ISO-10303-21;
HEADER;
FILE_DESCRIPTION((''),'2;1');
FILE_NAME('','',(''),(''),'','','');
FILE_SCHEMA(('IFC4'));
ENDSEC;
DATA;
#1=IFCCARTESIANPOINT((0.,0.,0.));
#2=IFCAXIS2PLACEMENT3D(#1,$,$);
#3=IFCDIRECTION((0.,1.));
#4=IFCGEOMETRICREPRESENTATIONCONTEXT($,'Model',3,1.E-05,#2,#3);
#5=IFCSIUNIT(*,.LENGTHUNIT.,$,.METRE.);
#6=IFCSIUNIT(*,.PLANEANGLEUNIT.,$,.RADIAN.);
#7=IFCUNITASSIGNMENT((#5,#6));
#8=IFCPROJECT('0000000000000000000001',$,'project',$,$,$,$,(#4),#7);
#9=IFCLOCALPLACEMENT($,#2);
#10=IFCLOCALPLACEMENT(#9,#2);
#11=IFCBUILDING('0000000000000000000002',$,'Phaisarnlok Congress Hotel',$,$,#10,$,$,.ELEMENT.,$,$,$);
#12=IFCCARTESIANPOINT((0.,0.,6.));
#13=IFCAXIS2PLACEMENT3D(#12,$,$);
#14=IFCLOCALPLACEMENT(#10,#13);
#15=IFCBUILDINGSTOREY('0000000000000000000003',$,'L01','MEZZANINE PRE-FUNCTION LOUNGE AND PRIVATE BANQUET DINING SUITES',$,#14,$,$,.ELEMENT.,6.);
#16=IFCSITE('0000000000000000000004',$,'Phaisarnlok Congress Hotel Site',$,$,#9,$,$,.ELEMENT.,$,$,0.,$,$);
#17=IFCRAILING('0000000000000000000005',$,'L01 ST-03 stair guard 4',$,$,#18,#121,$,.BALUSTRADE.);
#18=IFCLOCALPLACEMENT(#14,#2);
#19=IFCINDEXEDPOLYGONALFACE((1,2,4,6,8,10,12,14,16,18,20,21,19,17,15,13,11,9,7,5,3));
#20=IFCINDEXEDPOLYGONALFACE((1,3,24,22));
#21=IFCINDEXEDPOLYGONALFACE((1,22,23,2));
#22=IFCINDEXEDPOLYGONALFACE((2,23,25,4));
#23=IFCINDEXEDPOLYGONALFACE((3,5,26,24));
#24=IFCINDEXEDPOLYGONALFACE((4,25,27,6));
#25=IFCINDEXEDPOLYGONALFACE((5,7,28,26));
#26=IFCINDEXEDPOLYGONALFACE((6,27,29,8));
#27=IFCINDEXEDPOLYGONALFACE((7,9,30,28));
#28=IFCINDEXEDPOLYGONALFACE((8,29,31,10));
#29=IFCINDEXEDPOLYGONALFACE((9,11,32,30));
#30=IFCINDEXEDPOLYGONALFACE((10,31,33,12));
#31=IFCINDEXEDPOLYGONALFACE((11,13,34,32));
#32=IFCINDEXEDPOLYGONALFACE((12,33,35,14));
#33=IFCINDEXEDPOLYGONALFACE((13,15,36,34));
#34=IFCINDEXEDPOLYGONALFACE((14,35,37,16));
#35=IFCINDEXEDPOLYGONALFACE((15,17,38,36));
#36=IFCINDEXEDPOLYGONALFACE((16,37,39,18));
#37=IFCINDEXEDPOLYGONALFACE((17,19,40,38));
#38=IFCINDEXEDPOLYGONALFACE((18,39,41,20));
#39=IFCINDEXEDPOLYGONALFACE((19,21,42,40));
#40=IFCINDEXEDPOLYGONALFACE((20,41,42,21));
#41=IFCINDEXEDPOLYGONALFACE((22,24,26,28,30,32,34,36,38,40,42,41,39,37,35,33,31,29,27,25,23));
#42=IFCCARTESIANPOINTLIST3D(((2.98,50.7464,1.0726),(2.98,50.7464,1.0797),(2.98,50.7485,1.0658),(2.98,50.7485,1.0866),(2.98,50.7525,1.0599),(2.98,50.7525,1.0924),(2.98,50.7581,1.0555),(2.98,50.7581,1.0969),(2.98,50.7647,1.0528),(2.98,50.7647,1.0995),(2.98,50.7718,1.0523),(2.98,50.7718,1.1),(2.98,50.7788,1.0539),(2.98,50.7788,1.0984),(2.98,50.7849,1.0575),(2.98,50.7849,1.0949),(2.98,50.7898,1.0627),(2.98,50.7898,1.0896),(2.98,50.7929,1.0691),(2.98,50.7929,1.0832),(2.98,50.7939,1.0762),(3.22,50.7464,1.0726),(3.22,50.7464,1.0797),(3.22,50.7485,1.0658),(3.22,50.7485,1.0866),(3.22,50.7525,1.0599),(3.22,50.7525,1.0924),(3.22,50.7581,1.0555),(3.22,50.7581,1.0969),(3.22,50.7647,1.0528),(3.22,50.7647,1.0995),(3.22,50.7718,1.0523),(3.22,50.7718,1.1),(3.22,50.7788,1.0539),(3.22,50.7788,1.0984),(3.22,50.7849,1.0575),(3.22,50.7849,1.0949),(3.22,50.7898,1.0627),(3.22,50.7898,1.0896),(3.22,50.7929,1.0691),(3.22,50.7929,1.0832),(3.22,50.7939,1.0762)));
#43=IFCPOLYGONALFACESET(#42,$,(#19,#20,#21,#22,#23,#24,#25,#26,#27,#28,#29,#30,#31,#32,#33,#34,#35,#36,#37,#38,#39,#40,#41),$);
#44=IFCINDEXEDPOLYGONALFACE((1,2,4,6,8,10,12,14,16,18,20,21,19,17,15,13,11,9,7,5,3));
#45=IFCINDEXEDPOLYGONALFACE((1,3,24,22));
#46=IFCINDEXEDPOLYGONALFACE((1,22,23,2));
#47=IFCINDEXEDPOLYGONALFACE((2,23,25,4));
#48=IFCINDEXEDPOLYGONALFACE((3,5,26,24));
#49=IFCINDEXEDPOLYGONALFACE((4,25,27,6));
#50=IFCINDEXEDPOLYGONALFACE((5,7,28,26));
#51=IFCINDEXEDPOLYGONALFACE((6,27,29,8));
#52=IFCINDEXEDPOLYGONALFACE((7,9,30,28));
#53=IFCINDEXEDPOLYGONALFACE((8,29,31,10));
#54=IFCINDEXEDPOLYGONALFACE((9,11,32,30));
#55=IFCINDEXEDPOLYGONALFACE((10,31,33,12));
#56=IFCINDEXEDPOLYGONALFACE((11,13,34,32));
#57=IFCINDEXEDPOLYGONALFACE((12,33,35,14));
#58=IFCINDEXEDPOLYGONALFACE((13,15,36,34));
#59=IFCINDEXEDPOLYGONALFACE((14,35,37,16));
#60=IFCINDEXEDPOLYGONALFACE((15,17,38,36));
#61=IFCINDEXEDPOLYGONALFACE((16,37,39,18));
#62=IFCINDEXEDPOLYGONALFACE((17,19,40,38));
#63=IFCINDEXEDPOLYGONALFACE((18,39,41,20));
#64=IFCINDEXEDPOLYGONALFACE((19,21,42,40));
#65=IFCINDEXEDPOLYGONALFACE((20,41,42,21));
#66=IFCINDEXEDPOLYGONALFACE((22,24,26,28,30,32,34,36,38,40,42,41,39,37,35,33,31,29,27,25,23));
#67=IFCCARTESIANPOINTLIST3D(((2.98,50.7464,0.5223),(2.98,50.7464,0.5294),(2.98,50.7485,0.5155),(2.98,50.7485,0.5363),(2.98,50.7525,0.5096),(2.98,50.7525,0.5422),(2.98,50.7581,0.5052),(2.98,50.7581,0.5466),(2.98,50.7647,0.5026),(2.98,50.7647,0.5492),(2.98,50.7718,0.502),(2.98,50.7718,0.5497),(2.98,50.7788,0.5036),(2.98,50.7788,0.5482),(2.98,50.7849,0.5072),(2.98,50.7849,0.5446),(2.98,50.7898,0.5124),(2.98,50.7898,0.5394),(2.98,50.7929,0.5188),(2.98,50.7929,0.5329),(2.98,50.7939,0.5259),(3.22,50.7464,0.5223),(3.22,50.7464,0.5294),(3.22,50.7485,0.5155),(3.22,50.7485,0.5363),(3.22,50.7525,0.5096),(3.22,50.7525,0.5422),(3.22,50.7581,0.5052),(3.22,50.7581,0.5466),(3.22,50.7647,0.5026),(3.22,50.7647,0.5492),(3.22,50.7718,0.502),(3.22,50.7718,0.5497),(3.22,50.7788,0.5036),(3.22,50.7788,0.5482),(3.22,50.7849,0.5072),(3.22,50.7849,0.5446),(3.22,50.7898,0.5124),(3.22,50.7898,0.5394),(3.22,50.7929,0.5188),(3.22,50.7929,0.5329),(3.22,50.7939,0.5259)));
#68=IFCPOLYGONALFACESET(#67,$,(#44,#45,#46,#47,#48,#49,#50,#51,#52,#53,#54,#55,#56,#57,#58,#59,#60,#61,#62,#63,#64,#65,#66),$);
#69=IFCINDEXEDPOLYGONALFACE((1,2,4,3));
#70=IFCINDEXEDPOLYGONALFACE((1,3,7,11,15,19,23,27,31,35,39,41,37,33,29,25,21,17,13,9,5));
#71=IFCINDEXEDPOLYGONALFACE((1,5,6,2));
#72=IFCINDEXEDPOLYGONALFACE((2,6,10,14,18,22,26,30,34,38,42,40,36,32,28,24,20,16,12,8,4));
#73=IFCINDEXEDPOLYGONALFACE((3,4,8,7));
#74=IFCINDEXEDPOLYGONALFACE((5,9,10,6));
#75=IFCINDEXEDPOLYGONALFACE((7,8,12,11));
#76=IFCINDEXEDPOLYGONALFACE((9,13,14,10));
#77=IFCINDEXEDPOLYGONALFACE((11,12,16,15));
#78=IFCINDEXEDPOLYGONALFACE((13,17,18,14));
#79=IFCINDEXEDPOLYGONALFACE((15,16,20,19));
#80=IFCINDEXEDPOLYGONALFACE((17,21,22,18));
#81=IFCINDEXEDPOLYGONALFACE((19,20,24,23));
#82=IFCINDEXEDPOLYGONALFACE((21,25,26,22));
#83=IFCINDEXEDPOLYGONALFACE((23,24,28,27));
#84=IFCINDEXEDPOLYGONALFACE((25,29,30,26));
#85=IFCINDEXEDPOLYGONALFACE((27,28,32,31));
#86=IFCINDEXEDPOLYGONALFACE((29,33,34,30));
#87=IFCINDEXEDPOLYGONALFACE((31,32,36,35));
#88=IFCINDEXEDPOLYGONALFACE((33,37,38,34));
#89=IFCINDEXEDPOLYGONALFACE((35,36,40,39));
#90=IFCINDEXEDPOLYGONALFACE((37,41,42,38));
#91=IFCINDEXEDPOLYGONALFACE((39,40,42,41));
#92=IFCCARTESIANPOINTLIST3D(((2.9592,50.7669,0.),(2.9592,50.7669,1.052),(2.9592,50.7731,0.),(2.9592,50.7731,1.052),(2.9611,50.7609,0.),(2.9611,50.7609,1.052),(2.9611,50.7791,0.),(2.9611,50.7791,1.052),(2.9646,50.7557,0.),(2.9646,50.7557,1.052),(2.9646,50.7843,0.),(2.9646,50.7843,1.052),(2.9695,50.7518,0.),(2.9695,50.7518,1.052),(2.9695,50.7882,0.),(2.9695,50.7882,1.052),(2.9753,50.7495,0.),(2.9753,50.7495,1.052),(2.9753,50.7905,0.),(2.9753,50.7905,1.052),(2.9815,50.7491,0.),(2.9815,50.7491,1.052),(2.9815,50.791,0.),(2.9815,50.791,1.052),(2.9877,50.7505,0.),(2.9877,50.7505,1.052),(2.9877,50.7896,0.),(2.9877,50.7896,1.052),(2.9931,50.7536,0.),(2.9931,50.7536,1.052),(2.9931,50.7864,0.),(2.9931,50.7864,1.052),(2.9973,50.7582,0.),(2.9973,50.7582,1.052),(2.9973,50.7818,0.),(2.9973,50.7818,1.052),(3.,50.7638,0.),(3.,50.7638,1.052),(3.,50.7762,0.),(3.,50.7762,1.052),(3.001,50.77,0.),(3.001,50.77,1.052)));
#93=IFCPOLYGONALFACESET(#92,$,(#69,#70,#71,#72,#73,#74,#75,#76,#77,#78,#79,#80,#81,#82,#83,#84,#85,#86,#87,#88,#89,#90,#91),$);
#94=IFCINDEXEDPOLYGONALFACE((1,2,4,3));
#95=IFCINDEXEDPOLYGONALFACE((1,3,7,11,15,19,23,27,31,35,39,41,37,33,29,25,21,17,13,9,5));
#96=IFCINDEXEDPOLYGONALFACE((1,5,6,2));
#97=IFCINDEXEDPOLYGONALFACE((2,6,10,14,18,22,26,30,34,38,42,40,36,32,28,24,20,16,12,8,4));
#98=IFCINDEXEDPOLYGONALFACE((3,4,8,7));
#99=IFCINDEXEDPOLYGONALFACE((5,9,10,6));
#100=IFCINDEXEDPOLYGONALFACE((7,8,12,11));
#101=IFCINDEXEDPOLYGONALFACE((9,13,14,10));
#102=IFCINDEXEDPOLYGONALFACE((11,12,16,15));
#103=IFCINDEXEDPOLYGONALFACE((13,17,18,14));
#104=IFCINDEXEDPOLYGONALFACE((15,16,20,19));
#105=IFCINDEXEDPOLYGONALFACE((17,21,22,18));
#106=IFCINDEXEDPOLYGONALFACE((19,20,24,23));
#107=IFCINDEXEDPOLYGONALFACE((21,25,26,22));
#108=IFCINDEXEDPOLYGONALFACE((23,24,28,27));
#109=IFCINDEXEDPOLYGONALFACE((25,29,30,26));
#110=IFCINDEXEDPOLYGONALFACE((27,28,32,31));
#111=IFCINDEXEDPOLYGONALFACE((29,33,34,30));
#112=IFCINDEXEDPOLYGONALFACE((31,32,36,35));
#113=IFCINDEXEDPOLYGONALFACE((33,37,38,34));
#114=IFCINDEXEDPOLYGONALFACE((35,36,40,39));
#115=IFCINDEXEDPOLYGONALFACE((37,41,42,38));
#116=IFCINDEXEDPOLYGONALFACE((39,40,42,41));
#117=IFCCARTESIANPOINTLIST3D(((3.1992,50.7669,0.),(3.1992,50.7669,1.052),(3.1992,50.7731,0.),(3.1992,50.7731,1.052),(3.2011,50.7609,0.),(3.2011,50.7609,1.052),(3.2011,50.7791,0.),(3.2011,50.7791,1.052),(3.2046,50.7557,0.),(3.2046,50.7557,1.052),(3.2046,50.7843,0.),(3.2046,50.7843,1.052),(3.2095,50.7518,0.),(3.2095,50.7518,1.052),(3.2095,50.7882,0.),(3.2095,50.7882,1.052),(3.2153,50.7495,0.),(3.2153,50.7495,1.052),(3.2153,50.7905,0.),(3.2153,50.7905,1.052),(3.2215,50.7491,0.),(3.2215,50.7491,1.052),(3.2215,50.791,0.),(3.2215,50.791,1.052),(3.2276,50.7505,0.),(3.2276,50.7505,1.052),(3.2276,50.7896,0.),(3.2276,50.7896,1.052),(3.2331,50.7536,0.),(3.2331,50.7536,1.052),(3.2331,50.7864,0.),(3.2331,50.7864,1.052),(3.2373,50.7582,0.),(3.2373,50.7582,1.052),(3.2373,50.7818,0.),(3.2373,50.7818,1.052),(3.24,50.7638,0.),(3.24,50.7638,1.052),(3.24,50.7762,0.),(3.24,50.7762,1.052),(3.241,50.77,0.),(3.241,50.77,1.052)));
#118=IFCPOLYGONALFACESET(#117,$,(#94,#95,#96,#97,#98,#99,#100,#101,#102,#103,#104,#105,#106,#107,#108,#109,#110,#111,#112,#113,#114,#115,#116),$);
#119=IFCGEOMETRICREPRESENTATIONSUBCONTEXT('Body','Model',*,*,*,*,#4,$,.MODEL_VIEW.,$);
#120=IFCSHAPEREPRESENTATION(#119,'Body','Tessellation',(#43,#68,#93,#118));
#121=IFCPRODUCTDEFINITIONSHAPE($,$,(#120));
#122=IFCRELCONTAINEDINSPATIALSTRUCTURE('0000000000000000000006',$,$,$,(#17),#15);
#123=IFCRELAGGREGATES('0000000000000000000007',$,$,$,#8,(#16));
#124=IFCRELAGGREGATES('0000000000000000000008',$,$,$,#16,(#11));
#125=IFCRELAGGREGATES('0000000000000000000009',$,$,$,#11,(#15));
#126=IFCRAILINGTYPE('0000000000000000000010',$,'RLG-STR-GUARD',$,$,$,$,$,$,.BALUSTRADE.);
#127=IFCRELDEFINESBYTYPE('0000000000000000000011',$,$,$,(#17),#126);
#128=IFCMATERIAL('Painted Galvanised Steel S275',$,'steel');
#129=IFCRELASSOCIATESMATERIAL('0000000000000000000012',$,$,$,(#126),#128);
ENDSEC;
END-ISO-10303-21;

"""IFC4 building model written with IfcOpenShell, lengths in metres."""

from ifc_helpers import new_model, si_unit, direction, frame, origin, origin_2d, place, context, subcontext, project, spatial, circle, extrude, material, type_object, element, save


model = new_model("IFC4")

# Units and contexts
model_context = context("Model", 3, precision=1e-05, world=origin(), true_north=direction((0.0, 1.0)))
body_context = subcontext(model_context, "Body", "Model", "MODEL_VIEW")
ifc_project = project(units=[si_unit("LENGTHUNIT", "METRE"), si_unit("PLANEANGLEUNIT", "RADIAN")], contexts=[model_context])

# Site, building, storey
site_placement = place(None, origin())
site = spatial("IfcSite", under=ifc_project, at=site_placement, Name="Phaisarnlok Congress Hotel Site", CompositionType="ELEMENT", RefElevation=0.0)
building_placement = place(site_placement, origin())
building = spatial("IfcBuilding", under=site, at=building_placement, Name="Phaisarnlok Congress Hotel", CompositionType="ELEMENT")
storey_placement = place(building_placement, frame((0.0, 0.0, 6.0)))
storey = spatial("IfcBuildingStorey", under=building, at=storey_placement, Name="L01", Description="MEZZANINE PRE-FUNCTION LOUNGE AND PRIVATE BANQUET DINING SUITES", CompositionType="ELEMENT", Elevation=6.0)

# Railing
ifc_material_1 = material(Name="Painted Galvanised Steel S275", Category="steel")
railing_type_1 = type_object("IfcRailingType", Name="RLG-STR-GUARD", PredefinedType="BALUSTRADE", material=ifc_material_1)
railing_1_placement = place(storey_placement, frame((2.98, 50.77, 0.0)))
element("IfcRailing", 1, at=railing_1_placement, inside=storey, type_object=railing_type_1, Name="L01 ST-03 stair guard 4", PredefinedType="BALUSTRADE", context=body_context, shape_type="SweptSolid", body=[
    extrude(circle(Radius=0.0239, at=origin_2d()), frame((0.0, 0.0, 1.0762), z_axis=(1.0, 0.0, 0.0), x_axis=(0.0, 1.0, 0.0)), (0.0, 0.0, 1.0), 0.24),
    extrude(circle(Radius=0.0239, at=origin_2d()), frame((0.0, 0.0, 0.5259), z_axis=(1.0, 0.0, 0.0), x_axis=(0.0, 1.0, 0.0)), (0.0, 0.0, 1.0), 0.24),
    extrude(circle(Radius=0.021, at=origin_2d()), origin(), (0.0, 0.0, 1.0), 1.052),
    extrude(circle(Radius=0.021, at=origin_2d()), frame((0.24, 0.0, 0.0)), (0.0, 0.0, 1.0), 1.052),
])

save(model, "model.ifc")
